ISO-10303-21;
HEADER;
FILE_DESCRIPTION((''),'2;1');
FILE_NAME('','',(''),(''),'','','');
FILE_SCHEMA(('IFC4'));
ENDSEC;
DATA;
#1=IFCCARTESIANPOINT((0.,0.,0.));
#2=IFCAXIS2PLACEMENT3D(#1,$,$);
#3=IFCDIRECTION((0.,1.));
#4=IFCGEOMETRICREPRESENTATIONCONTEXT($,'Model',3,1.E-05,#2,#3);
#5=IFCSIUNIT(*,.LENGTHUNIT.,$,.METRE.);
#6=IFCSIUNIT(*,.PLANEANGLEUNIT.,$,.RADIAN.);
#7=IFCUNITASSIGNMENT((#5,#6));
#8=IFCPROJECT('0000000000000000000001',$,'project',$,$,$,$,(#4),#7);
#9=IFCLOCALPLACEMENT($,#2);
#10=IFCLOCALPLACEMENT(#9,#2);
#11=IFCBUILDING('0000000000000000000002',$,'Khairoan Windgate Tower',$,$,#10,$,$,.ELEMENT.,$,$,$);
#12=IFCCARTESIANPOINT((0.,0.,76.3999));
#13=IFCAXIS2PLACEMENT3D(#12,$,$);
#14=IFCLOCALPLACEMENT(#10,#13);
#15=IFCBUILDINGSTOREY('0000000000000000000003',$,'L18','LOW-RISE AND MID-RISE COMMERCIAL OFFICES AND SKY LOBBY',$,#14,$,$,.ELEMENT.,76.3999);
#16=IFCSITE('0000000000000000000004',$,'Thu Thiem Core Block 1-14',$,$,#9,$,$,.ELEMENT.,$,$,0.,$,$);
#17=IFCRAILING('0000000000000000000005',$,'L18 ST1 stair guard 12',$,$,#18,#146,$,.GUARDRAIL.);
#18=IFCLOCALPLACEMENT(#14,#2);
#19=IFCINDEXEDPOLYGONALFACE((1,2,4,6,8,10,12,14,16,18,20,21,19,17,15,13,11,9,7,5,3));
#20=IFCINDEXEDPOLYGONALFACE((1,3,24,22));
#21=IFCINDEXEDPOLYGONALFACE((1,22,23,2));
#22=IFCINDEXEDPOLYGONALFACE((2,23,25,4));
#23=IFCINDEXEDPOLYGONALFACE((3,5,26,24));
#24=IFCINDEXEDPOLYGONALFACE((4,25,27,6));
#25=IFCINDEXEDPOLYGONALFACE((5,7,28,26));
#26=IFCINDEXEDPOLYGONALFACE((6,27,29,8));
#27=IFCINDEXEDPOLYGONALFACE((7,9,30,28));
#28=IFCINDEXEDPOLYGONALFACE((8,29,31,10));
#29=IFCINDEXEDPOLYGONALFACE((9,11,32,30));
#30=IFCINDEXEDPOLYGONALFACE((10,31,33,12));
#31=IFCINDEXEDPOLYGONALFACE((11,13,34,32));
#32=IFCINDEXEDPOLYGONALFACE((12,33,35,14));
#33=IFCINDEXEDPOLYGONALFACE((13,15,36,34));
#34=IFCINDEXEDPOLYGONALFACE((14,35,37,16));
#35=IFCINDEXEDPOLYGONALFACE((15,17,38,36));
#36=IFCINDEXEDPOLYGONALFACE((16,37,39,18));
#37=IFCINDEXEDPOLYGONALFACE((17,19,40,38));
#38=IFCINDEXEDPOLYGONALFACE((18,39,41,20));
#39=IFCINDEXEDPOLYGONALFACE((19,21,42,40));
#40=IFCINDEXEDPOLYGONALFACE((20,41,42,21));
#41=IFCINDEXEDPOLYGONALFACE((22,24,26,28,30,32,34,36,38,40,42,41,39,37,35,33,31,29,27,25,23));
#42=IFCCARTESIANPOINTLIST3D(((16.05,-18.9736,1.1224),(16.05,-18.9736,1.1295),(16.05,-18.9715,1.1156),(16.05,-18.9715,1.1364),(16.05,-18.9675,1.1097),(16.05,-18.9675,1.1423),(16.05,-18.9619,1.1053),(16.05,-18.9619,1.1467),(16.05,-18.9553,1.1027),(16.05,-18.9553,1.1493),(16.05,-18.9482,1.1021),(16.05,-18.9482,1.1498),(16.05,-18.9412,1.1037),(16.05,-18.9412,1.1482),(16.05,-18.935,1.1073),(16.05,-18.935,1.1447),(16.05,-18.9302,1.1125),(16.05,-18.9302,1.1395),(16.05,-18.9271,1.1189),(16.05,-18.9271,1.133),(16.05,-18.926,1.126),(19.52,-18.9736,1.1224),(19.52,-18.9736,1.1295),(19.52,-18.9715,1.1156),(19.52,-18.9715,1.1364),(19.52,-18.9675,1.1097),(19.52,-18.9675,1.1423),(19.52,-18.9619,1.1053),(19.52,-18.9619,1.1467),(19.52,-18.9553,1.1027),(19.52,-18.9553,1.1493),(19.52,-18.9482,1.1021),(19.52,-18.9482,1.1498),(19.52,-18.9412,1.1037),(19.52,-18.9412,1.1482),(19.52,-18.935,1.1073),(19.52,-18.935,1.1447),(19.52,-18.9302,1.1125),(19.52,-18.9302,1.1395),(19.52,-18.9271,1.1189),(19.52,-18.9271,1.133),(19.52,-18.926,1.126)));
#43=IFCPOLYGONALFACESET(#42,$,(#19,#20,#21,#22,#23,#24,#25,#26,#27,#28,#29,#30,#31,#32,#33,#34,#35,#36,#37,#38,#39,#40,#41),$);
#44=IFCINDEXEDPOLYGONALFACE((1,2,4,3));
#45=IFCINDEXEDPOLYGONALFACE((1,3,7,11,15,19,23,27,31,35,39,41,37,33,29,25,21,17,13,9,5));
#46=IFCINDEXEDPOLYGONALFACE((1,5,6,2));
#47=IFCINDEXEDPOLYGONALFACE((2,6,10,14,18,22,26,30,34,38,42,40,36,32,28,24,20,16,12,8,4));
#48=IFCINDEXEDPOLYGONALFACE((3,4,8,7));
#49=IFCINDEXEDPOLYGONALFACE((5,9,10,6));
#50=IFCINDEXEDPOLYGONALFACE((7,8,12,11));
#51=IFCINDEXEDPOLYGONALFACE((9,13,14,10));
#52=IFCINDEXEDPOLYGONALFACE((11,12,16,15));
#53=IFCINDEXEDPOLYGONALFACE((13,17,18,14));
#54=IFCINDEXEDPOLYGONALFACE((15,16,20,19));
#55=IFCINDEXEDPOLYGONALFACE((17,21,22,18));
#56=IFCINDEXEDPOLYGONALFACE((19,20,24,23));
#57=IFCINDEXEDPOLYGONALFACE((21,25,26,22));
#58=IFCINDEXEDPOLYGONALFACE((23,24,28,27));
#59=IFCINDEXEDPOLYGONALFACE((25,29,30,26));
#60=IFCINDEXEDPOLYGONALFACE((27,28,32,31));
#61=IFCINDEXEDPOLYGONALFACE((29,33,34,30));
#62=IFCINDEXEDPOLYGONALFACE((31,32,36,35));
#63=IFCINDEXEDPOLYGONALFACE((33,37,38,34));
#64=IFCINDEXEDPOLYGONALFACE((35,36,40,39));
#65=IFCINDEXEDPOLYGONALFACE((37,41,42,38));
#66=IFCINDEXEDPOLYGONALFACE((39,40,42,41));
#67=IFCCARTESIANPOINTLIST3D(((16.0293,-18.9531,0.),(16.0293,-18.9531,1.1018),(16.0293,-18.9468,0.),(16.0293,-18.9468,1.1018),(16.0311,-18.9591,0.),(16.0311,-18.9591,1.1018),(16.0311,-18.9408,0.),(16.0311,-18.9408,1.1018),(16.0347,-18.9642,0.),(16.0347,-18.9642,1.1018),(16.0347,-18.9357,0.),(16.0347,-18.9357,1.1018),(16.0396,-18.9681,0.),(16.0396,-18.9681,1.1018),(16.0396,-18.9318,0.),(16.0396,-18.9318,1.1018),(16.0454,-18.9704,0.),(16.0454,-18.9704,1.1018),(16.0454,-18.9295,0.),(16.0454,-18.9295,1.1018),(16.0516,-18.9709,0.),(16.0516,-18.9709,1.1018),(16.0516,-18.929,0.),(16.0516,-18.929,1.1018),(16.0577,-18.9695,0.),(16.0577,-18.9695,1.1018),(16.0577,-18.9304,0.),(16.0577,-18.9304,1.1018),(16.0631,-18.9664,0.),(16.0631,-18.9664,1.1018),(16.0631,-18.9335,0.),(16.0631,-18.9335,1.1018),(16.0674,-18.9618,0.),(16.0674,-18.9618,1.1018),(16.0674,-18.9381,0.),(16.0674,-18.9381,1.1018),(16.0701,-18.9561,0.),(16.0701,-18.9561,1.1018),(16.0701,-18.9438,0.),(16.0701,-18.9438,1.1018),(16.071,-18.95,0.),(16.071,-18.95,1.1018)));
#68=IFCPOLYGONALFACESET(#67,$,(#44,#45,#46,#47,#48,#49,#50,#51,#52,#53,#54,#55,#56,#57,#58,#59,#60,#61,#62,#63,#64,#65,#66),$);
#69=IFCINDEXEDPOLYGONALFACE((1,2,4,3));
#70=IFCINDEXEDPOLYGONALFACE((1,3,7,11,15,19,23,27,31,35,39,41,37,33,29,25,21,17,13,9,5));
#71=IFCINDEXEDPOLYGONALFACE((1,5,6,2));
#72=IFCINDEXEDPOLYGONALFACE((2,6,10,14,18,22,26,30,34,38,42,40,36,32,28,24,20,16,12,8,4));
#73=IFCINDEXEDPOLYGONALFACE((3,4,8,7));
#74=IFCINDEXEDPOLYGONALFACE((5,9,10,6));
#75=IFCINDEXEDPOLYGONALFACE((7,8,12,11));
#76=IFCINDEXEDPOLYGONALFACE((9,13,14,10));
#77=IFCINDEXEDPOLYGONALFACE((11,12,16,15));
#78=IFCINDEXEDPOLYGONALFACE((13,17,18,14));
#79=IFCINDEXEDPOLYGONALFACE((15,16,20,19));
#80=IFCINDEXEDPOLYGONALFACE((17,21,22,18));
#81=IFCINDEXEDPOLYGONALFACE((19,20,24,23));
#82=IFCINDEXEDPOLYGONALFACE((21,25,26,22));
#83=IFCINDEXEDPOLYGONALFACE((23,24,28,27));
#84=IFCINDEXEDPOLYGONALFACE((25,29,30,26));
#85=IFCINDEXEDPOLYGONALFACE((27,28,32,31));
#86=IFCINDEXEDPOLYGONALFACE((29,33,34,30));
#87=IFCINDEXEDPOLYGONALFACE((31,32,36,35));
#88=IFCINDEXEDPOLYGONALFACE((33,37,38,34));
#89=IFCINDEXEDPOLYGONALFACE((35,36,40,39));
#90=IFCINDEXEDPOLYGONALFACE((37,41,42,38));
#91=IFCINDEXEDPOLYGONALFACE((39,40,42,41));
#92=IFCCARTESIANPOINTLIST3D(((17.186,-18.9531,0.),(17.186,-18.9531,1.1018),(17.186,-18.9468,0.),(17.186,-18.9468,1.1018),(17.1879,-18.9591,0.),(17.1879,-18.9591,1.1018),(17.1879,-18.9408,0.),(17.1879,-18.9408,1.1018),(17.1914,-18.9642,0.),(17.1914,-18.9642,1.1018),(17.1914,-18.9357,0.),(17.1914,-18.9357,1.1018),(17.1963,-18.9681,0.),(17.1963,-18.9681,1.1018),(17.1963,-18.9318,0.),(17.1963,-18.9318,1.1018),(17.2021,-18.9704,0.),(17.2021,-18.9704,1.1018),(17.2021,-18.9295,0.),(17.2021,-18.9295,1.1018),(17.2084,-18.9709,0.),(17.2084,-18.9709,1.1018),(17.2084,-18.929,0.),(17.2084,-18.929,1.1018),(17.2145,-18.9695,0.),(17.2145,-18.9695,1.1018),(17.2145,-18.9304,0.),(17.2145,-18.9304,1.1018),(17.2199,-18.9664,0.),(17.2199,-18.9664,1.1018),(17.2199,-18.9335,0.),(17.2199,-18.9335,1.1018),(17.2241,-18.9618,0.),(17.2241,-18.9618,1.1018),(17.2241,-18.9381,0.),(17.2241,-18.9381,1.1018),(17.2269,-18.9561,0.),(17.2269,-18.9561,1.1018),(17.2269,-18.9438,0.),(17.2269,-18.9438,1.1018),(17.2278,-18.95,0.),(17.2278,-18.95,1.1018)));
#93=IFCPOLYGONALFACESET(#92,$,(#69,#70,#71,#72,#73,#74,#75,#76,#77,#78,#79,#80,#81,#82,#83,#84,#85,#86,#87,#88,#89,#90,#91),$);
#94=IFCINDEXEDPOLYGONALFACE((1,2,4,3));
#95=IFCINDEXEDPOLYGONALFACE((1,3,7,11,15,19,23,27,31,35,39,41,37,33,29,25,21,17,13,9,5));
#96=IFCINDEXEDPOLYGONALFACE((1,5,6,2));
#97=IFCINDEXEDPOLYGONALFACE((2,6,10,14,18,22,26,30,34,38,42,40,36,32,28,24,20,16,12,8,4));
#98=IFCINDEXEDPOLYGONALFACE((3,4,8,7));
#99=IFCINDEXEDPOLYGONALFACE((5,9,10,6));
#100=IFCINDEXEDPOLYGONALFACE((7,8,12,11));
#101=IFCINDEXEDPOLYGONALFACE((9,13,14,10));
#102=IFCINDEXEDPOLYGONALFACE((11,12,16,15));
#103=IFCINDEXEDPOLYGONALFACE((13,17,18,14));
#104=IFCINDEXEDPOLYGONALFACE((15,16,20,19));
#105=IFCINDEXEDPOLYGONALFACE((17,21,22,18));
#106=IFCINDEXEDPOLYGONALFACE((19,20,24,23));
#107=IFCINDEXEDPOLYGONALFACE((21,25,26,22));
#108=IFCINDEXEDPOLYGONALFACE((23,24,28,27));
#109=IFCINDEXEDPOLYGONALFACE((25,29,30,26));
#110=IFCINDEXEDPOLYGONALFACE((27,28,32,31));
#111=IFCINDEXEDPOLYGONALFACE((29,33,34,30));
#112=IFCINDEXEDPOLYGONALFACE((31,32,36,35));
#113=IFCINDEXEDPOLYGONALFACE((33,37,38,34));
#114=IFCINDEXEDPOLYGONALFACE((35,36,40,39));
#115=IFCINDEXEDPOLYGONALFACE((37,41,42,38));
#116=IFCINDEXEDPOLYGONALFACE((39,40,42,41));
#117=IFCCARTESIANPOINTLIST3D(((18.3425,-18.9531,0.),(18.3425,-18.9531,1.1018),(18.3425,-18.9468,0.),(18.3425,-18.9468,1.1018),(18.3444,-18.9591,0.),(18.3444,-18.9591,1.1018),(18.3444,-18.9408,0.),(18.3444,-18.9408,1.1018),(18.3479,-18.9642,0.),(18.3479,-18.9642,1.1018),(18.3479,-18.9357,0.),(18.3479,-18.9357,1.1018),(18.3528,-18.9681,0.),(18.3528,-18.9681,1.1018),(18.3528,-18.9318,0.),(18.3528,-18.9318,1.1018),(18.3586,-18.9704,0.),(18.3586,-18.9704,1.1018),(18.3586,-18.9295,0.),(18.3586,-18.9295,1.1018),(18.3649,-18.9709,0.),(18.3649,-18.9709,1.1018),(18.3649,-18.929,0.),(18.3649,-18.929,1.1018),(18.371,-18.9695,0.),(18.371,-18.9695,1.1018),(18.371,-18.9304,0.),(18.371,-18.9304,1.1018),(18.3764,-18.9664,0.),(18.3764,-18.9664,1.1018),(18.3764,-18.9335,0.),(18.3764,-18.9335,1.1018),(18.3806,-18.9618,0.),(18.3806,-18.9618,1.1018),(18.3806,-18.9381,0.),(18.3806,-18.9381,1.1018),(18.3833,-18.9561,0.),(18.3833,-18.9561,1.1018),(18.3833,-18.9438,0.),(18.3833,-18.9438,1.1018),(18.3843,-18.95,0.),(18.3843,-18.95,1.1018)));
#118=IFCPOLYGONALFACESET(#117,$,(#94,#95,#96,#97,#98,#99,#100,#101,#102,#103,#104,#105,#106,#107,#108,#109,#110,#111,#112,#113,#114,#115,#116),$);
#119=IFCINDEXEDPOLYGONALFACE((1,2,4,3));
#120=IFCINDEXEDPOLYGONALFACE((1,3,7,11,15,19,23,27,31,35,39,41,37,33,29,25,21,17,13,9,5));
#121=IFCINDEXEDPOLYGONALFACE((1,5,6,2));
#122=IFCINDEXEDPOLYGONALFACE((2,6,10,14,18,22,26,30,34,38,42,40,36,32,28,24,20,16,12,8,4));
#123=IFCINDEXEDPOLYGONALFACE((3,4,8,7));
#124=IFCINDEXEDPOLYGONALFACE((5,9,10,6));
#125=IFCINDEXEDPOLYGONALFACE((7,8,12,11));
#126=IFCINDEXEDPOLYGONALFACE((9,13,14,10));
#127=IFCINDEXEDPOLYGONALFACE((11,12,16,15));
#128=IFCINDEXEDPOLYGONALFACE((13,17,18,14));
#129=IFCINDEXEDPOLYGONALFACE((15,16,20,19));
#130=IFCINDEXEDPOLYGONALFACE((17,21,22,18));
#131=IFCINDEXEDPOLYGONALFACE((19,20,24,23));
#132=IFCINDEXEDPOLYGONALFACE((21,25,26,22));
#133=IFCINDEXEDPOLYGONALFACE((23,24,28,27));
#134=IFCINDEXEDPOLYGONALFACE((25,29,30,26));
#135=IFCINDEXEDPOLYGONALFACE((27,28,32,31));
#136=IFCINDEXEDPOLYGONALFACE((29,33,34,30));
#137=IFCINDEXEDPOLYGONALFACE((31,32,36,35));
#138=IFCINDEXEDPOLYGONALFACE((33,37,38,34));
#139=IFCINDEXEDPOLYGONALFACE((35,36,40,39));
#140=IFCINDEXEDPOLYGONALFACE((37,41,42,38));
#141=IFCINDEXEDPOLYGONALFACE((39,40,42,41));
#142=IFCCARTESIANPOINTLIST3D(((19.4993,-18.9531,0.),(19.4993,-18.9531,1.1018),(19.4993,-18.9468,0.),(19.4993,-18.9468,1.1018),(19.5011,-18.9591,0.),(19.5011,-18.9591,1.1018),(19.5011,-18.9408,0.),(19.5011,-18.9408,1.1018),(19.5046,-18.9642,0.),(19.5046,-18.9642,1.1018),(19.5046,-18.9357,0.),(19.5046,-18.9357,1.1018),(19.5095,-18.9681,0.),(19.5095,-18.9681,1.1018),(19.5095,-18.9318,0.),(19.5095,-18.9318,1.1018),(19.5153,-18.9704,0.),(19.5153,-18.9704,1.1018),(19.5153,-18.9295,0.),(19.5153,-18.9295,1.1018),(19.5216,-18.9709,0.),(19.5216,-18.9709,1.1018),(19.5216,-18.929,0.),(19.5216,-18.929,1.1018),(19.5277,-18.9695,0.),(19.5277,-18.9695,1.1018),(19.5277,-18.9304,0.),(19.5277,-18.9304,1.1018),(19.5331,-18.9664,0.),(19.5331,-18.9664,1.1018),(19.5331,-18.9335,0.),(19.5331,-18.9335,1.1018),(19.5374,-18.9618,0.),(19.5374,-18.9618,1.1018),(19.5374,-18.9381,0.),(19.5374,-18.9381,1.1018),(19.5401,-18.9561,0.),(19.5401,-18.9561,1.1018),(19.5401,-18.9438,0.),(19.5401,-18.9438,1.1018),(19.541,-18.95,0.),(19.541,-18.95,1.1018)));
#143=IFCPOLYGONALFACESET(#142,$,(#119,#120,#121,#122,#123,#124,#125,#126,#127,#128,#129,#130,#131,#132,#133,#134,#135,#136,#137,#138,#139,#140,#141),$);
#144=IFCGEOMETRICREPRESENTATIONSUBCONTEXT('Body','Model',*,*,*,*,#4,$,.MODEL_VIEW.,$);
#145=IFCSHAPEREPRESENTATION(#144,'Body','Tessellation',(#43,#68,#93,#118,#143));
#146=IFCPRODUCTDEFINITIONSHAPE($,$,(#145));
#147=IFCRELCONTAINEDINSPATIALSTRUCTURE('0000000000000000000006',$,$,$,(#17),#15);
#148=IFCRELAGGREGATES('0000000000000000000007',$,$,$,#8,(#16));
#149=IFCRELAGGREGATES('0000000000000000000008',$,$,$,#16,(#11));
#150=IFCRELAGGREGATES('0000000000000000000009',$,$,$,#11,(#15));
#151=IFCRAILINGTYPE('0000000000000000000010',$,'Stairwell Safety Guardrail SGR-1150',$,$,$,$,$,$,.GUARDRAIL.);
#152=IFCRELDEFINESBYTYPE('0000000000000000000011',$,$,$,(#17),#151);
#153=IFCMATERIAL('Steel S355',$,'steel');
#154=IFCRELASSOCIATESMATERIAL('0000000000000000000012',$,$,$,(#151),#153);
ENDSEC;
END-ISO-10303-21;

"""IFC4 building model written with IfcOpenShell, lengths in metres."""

from ifc_helpers import new_model, si_unit, direction, frame, origin, origin_2d, place, context, subcontext, project, spatial, circle, extrude, material, type_object, element, save


model = new_model("IFC4")

# Units and contexts
model_context = context("Model", 3, precision=1e-05, world=origin(), true_north=direction((0.0, 1.0)))
body_context = subcontext(model_context, "Body", "Model", "MODEL_VIEW")
ifc_project = project(units=[si_unit("LENGTHUNIT", "METRE"), si_unit("PLANEANGLEUNIT", "RADIAN")], contexts=[model_context])

# Site, building, storey
site_placement = place(None, origin())
site = spatial("IfcSite", under=ifc_project, at=site_placement, Name="Thu Thiem Core Block 1-14", CompositionType="ELEMENT", RefElevation=0.0)
building_placement = place(site_placement, origin())
building = spatial("IfcBuilding", under=site, at=building_placement, Name="Khairoan Windgate Tower", CompositionType="ELEMENT")
storey_placement = place(building_placement, frame((0.0, 0.0, 76.3999)))
storey = spatial("IfcBuildingStorey", under=building, at=storey_placement, Name="L18", Description="LOW-RISE AND MID-RISE COMMERCIAL OFFICES AND SKY LOBBY", CompositionType="ELEMENT", Elevation=76.3999)

# Railing
ifc_material_1 = material(Name="Steel S355", Category="steel")
railing_type = type_object("IfcRailingType", Name="Stairwell Safety Guardrail SGR-1150", PredefinedType="GUARDRAIL", material=ifc_material_1)
railing_1_placement = place(storey_placement, frame((16.05, -18.95, 0.0)))
element("IfcRailing", 1, at=railing_1_placement, inside=storey, type_object=railing_type, Name="L18 ST1 stair guard 12", PredefinedType="GUARDRAIL", context=body_context, shape_type="SweptSolid", body=[
    extrude(circle(Radius=0.0239, at=origin_2d()), frame((0.0, 0.0, 1.126), z_axis=(1.0, 0.0, 0.0), x_axis=(0.0, 1.0, 0.0)), (0.0, 0.0, 1.0), 3.47),
    extrude(circle(Radius=0.021, at=origin_2d()), origin(), (0.0, 0.0, 1.0), 1.1018),
    extrude(circle(Radius=0.021, at=origin_2d()), frame((1.1567, 0.0, 0.0)), (0.0, 0.0, 1.0), 1.1018),
    extrude(circle(Radius=0.021, at=origin_2d()), frame((2.3132, 0.0, 0.0)), (0.0, 0.0, 1.0), 1.1018),
    extrude(circle(Radius=0.021, at=origin_2d()), frame((3.47, 0.0, 0.0)), (0.0, 0.0, 1.0), 1.1018),
])

save(model, "model.ifc")
